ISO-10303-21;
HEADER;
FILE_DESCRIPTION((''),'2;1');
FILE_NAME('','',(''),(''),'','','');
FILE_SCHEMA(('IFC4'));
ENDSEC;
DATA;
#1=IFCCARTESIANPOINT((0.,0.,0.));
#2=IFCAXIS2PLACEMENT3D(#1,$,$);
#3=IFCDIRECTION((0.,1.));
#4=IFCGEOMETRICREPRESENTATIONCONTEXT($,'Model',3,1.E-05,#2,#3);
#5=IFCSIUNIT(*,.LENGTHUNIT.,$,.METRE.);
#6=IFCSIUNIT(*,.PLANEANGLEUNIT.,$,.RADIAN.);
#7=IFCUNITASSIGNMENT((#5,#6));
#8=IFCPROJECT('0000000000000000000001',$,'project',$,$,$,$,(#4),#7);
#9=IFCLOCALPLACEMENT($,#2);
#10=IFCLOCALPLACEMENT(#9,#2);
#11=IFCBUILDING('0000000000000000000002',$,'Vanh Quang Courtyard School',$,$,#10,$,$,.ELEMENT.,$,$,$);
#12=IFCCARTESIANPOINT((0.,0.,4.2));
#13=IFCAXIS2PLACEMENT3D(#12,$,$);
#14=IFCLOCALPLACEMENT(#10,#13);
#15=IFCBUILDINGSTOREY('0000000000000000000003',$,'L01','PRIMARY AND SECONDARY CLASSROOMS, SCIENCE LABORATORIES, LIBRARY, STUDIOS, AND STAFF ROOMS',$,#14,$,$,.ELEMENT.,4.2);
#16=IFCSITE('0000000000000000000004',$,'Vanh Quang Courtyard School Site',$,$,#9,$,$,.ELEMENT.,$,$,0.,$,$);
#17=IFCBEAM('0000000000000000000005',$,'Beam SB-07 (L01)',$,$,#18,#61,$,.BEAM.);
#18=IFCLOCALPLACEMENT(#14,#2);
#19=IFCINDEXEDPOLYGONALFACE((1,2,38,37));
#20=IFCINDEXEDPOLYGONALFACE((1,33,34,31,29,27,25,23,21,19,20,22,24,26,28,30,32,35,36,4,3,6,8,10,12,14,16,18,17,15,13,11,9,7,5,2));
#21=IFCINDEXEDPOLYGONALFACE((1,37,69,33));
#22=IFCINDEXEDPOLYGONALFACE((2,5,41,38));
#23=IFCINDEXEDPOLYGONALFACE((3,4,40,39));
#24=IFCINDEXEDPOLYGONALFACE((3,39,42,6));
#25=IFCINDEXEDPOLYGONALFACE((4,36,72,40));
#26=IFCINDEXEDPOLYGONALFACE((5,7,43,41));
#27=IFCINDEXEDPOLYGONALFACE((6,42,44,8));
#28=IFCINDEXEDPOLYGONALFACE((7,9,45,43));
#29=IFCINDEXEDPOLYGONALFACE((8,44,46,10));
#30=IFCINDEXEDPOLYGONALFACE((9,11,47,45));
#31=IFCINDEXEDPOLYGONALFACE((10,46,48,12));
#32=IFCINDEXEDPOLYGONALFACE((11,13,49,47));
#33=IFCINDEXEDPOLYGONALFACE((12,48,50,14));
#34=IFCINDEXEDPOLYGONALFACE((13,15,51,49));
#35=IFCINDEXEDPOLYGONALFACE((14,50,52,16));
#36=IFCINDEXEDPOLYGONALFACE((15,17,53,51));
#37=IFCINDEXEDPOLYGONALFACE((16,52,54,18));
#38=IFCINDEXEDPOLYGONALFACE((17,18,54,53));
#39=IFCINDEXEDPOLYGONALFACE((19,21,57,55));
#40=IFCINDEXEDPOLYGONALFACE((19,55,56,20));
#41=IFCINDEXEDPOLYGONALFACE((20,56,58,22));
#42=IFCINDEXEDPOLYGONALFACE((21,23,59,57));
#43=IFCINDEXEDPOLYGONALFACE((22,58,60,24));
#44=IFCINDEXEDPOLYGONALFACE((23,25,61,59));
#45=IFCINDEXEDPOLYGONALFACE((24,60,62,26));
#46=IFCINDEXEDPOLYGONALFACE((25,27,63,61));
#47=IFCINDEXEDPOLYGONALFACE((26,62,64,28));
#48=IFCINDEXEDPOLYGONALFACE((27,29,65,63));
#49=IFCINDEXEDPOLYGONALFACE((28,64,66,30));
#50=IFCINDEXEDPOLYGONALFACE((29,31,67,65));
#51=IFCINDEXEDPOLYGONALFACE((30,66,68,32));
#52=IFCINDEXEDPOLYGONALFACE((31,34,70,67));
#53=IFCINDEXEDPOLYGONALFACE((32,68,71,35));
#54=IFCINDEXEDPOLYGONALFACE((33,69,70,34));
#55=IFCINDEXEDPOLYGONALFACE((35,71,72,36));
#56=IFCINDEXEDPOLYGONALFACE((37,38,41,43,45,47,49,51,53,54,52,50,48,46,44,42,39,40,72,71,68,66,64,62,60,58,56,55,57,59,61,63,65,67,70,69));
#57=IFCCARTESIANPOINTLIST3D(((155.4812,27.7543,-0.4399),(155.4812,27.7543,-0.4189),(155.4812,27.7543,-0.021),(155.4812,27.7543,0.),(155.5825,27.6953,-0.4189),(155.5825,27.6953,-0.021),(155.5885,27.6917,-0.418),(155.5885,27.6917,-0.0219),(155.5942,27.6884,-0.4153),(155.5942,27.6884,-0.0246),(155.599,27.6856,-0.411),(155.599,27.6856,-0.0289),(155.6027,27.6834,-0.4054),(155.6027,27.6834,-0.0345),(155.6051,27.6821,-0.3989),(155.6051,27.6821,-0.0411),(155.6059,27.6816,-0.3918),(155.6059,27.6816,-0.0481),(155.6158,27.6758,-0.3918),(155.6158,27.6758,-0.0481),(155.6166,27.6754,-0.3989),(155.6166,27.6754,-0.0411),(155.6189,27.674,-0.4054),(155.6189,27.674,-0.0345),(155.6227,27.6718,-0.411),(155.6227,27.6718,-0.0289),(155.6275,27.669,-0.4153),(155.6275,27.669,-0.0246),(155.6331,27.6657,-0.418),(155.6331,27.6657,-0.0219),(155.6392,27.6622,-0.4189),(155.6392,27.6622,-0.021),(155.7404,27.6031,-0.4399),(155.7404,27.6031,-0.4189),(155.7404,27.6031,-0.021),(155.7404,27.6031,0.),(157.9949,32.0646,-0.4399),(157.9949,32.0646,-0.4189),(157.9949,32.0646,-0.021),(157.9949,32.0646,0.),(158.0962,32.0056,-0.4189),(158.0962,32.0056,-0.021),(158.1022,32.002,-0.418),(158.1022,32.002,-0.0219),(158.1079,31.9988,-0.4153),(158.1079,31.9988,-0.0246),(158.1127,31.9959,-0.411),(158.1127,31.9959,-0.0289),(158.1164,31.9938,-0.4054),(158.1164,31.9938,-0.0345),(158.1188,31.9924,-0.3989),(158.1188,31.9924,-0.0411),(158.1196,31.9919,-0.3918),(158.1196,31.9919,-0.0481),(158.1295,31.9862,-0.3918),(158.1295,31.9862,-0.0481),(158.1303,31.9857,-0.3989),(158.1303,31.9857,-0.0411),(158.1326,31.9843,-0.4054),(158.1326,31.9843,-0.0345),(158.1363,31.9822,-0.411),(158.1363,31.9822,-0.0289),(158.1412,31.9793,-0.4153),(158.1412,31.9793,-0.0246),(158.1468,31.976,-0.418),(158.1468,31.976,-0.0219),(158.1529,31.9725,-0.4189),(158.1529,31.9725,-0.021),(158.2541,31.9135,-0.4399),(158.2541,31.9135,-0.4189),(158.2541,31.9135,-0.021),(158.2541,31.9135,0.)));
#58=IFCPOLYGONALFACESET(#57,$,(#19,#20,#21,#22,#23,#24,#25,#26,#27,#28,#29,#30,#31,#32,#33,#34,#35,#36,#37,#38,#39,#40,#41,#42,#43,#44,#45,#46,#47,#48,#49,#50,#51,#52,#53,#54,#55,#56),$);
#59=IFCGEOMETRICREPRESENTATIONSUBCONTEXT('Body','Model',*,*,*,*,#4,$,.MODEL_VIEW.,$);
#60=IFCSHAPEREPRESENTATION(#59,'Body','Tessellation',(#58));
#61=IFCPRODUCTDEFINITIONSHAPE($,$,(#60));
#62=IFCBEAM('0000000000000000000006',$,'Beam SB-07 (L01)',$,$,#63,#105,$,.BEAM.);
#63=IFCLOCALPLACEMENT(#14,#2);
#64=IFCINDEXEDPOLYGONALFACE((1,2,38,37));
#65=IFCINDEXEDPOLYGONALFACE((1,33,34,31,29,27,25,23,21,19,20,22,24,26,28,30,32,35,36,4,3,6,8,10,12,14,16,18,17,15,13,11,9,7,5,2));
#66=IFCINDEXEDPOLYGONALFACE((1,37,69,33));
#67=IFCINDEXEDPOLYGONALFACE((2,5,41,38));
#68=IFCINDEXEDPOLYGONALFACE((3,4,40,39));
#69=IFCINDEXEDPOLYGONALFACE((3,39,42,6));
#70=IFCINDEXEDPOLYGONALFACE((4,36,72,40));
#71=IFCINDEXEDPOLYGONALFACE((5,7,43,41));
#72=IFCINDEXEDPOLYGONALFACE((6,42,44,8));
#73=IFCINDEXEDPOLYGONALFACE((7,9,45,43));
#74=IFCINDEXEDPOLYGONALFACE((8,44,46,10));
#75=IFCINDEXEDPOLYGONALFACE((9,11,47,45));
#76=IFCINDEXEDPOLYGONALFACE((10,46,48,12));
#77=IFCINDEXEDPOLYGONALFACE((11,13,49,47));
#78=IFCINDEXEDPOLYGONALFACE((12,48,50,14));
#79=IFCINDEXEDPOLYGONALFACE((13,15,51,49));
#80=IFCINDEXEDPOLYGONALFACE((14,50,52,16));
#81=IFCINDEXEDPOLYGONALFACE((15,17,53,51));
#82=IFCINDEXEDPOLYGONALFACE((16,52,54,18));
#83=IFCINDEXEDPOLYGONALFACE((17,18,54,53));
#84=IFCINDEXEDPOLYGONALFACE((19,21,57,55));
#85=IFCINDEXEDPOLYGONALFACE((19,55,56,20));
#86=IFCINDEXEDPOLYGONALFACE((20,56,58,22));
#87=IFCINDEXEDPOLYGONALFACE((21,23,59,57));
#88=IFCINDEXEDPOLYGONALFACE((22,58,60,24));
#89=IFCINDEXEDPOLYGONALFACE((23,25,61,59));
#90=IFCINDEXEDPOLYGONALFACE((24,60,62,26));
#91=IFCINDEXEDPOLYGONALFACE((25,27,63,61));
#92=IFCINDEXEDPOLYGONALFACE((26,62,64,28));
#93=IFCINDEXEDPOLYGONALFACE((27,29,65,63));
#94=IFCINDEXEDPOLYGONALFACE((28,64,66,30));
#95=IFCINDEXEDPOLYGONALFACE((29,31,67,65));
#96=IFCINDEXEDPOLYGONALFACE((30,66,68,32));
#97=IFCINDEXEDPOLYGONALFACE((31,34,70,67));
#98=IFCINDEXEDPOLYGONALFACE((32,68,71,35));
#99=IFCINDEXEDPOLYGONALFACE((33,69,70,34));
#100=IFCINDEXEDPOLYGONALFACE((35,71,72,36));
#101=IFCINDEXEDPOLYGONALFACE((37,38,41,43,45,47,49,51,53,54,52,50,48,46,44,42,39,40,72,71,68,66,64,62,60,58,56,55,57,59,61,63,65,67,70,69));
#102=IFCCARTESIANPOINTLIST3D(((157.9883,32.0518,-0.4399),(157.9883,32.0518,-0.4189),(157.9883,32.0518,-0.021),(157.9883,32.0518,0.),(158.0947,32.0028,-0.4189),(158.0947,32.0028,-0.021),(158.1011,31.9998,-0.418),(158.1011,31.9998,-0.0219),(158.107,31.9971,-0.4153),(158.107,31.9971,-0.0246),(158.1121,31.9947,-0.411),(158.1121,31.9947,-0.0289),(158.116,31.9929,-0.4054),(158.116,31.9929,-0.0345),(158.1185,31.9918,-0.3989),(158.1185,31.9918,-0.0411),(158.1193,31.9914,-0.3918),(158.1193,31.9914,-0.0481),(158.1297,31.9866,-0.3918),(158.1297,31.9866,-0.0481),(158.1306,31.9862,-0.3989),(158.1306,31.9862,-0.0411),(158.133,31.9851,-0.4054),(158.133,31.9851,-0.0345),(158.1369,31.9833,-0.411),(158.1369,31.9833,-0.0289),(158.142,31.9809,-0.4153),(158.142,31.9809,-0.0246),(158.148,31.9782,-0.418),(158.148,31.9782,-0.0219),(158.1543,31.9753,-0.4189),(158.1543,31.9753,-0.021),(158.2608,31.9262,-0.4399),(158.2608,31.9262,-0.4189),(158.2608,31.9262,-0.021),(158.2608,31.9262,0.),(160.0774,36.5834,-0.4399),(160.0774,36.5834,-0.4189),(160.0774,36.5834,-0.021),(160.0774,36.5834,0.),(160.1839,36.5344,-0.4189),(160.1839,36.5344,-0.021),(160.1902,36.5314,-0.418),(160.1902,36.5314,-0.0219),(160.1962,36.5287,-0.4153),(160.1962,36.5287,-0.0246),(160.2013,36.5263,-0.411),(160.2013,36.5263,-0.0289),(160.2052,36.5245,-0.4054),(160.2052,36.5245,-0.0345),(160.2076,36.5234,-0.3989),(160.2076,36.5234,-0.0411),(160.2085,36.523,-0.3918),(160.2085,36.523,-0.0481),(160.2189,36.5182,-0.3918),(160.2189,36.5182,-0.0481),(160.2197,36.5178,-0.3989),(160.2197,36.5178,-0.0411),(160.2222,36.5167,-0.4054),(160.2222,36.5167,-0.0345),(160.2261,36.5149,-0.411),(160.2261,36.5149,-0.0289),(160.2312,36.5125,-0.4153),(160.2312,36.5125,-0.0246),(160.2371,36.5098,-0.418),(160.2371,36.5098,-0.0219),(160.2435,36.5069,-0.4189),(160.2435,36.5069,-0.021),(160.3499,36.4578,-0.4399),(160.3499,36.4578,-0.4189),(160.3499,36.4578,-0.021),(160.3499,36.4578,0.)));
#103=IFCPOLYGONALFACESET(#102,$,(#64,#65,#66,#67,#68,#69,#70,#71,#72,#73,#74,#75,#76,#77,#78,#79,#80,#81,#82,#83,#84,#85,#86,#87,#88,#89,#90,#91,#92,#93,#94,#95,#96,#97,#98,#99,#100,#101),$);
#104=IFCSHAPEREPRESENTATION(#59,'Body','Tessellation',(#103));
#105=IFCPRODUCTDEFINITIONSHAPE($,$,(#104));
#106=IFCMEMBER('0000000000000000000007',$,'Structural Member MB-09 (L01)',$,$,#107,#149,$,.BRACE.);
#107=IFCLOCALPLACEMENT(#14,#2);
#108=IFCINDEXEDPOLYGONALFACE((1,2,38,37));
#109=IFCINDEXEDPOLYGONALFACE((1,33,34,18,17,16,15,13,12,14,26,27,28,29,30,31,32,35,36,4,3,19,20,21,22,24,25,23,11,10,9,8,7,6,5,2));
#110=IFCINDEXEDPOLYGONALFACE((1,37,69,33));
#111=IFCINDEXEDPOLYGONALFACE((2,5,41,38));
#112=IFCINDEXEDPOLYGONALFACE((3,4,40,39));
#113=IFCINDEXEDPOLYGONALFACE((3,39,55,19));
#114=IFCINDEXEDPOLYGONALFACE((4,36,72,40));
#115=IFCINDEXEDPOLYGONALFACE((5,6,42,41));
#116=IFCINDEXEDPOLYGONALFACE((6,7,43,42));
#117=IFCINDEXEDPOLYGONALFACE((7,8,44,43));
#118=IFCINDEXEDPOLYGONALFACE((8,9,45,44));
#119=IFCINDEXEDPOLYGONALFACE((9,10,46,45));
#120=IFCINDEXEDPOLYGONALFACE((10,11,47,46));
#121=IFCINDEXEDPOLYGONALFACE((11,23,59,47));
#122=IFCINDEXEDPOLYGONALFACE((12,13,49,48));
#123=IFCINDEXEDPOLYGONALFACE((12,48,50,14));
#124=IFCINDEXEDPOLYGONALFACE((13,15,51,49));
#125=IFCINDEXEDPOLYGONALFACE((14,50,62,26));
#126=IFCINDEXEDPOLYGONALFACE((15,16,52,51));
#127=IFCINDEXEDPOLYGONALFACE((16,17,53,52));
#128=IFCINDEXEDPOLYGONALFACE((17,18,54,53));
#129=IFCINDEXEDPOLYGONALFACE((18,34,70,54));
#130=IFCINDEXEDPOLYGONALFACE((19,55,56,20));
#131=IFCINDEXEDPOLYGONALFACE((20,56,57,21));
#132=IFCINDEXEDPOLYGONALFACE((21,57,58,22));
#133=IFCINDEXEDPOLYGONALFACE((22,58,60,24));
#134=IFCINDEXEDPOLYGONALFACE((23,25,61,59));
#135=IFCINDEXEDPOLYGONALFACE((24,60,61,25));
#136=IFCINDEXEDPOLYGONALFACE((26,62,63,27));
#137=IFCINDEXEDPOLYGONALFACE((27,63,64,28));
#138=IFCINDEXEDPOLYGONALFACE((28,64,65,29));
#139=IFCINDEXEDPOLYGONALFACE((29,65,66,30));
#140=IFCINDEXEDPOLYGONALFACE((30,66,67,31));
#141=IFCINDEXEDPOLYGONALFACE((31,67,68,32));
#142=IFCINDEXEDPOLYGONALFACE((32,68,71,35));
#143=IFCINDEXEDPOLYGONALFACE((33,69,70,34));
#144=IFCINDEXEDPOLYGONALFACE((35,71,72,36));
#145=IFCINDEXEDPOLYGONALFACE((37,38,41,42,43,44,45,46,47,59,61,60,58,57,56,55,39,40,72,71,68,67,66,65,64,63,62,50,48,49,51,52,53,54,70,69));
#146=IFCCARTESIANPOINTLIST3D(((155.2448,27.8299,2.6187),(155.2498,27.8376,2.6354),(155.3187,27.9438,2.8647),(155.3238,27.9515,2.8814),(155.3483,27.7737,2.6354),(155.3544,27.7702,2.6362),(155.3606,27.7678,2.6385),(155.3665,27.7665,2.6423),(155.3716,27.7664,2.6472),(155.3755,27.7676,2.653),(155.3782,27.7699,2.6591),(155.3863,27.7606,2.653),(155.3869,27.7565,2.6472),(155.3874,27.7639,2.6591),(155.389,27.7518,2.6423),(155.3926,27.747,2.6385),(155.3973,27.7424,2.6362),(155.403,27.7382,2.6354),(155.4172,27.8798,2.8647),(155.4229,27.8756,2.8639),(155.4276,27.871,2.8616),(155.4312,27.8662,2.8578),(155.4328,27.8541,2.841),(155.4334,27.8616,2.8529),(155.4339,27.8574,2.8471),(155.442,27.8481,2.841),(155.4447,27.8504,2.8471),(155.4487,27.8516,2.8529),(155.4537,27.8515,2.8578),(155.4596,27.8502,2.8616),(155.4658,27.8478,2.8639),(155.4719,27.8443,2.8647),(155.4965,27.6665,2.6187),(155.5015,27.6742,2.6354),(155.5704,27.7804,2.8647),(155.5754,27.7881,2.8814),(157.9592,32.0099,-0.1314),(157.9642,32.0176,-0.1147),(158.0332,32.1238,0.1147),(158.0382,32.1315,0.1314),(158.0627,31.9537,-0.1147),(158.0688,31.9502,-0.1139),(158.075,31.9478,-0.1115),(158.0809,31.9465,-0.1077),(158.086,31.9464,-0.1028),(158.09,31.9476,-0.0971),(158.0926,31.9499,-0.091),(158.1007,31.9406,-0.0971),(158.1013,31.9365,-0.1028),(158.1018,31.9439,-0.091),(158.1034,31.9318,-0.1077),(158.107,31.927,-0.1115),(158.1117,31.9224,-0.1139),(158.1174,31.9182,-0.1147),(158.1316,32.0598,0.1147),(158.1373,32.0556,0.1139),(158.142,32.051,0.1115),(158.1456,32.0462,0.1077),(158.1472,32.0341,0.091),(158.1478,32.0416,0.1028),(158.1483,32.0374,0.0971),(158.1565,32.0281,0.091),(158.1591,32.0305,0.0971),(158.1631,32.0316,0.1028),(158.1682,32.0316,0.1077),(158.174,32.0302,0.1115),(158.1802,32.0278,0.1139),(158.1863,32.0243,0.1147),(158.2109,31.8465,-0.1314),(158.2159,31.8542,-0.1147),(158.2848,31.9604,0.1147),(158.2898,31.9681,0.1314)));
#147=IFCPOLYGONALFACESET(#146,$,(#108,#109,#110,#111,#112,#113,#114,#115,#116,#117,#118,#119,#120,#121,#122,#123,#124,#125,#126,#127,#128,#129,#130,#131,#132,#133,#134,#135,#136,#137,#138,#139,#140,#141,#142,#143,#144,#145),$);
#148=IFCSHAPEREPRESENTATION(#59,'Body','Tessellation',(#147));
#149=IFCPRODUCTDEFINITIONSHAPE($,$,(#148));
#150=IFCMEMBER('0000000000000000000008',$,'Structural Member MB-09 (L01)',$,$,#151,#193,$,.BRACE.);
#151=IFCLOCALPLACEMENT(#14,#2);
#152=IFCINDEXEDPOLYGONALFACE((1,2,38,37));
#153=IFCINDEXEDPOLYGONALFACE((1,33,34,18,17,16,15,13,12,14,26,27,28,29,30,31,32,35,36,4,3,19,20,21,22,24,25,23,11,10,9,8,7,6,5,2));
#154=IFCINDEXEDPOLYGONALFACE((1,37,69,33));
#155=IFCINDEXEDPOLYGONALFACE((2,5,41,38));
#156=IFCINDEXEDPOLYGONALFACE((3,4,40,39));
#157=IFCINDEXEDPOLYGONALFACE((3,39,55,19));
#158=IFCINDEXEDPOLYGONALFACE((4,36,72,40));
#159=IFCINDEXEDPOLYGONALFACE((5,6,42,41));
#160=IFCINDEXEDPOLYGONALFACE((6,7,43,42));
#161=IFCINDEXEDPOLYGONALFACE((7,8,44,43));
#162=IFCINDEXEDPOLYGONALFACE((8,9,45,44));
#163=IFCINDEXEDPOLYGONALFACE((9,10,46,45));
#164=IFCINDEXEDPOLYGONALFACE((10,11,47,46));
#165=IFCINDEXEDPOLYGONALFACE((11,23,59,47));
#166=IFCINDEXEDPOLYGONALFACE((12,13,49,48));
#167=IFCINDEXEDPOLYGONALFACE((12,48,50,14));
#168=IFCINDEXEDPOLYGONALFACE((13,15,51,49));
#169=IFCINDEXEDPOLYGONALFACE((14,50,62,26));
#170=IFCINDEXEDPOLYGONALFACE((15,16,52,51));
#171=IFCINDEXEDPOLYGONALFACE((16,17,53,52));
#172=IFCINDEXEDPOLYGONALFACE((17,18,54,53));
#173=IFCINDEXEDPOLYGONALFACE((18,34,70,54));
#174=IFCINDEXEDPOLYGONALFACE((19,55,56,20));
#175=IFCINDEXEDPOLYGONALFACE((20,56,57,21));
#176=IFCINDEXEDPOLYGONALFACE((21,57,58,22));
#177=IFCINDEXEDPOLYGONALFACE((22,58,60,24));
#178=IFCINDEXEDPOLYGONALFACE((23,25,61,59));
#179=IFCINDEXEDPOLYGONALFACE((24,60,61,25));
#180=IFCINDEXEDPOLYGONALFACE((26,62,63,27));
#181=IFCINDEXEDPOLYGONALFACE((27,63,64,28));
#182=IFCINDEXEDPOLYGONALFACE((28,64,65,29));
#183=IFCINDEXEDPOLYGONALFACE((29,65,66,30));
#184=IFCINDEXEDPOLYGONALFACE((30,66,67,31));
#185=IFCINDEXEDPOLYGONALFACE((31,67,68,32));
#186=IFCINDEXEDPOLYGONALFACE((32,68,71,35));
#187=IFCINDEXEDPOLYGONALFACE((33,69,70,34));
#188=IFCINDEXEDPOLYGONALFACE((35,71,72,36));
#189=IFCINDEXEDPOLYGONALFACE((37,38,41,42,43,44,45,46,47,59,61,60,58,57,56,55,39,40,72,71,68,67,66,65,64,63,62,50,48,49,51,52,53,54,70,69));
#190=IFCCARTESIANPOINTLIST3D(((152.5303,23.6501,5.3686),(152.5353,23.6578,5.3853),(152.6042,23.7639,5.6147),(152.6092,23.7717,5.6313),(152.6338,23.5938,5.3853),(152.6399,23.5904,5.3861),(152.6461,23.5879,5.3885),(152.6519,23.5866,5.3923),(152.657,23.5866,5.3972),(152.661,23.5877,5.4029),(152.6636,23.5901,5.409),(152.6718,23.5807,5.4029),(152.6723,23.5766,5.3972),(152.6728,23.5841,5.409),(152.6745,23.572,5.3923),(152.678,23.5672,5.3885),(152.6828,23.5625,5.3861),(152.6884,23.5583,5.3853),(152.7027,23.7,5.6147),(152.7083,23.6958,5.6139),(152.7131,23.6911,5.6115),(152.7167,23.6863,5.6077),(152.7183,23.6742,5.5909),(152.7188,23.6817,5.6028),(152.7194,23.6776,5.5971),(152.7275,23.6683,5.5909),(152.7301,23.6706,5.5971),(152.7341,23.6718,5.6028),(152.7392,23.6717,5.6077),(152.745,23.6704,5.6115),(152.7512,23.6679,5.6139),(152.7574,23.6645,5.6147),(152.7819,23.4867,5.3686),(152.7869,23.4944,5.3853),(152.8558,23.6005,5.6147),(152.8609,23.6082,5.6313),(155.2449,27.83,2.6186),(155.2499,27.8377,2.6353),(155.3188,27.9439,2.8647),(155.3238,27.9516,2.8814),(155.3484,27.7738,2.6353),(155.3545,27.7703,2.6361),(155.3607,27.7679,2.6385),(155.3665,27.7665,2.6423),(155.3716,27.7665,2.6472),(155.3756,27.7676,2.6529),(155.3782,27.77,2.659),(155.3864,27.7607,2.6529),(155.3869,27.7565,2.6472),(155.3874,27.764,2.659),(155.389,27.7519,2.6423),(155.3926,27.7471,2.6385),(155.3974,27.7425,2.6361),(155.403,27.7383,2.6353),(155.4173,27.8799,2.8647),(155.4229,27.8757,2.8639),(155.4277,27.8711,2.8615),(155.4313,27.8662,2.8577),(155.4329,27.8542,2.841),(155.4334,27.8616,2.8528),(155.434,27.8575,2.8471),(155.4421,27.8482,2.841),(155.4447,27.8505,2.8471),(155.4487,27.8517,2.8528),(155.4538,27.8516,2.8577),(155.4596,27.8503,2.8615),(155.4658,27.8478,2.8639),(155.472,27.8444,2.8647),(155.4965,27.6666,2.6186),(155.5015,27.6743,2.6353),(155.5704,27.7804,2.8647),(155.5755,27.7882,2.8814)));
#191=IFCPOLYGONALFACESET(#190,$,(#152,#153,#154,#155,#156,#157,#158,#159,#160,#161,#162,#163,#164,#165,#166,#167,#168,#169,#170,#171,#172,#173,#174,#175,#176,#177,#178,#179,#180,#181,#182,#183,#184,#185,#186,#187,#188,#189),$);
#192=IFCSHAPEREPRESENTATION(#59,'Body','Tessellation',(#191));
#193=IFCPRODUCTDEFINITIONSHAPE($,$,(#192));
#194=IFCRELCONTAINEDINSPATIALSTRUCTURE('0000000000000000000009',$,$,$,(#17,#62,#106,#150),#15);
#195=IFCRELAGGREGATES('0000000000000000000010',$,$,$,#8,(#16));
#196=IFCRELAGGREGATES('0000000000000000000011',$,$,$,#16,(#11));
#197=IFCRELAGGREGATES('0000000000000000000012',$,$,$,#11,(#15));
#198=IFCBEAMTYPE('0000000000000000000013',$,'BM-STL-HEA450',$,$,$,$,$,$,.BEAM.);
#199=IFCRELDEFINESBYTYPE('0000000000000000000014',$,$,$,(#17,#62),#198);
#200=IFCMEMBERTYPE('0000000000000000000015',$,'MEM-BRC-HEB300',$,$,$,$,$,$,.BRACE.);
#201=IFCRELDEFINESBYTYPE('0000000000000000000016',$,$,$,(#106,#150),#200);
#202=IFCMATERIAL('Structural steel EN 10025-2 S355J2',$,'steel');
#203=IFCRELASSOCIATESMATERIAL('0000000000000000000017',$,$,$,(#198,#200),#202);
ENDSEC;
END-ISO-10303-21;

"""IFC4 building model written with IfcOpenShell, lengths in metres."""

from ifc_helpers import new_model, si_unit, direction, frame, origin, origin_2d, place, context, subcontext, project, spatial, i_section, extrude, material, material_profile, profile_set, type_object, element, save


model = new_model("IFC4")

# Units and contexts
model_context = context("Model", 3, precision=1e-05, world=origin(), true_north=direction((0.0, 1.0)))
body_context = subcontext(model_context, "Body", "Model", "MODEL_VIEW")
ifc_project = project(units=[si_unit("LENGTHUNIT", "METRE"), si_unit("PLANEANGLEUNIT", "RADIAN")], contexts=[model_context])

# Site, building, storey
site_placement = place(None, origin())
site = spatial("IfcSite", under=ifc_project, at=site_placement, Name="Vanh Quang Courtyard School Site", CompositionType="ELEMENT", RefElevation=0.0)
building_placement = place(site_placement, origin())
building = spatial("IfcBuilding", under=site, at=building_placement, Name="Vanh Quang Courtyard School", CompositionType="ELEMENT")
storey_placement = place(building_placement, frame((0.0, 0.0, 4.2)))
storey = spatial("IfcBuildingStorey", under=building, at=storey_placement, Name="L01", Description="PRIMARY AND SECONDARY CLASSROOMS, SCIENCE LABORATORIES, LIBRARY, STUDIOS, AND STAFF ROOMS", CompositionType="ELEMENT", Elevation=4.2)

# Shared definitions
ifc_material_1 = material(Name="Structural steel EN 10025-2 S355J2", Category="steel")

# Beams
ifc_material_profile_1 = material_profile(ifc_material_1, i_section(OverallWidth=0.3, OverallDepth=0.4399, WebThickness=0.0115, FlangeThickness=0.021, FilletRadius=0.0271, at=origin_2d()), Name="HEA 450")
ifc_profile_set_1 = profile_set([ifc_material_profile_1], Name="Structural steel EN 10025-2 S355J2")
beam_type = type_object("IfcBeamType", Name="BM-STL-HEA450", PredefinedType="BEAM", material=ifc_profile_set_1)
beam_1_placement = place(storey_placement, frame((155.6108, 27.6787, -0.22), z_axis=(0.503771, 0.863837, 0.0), x_axis=(-0.863837, 0.503771, 0.0)))
element("IfcBeam", 1, at=beam_1_placement, inside=storey, type_object=beam_type, Name="Beam SB-07 (L01)", PredefinedType="BEAM", context=body_context, shape_type="SweptSolid", body=[
    extrude(i_section(OverallWidth=0.3, OverallDepth=0.4399, WebThickness=0.0115, FlangeThickness=0.021, FilletRadius=0.0271, at=origin_2d()), origin(), (0.0, 0.0, 1.0), 4.9897),
])
beam_2_placement = place(storey_placement, frame((158.1245, 31.989, -0.22), z_axis=(0.41867, 0.908138, 0.0), x_axis=(-0.908138, 0.41867, 0.0)))
element("IfcBeam", 2, at=beam_2_placement, inside=storey, type_object=beam_type, Name="Beam SB-07 (L01)", PredefinedType="BEAM", context=body_context, shape_type="SweptSolid", body=[
    extrude(i_section(OverallWidth=0.3, OverallDepth=0.4399, WebThickness=0.0115, FlangeThickness=0.021, FilletRadius=0.0271, at=origin_2d()), origin(), (0.0, 0.0, 1.0), 4.99),
])

# Members
ifc_material_profile_2 = material_profile(ifc_material_1, i_section(OverallWidth=0.3, OverallDepth=0.3, WebThickness=0.011, FlangeThickness=0.019, FilletRadius=0.0271, at=origin_2d()), Name="HEB 300")
ifc_profile_set_2 = profile_set([ifc_material_profile_2], Name="Structural steel EN 10025-2 S355J2")
member_type = type_object("IfcMemberType", Name="MEM-BRC-HEB300", PredefinedType="BRACE", material=ifc_profile_set_2)
for number, where, z_axis, x_axis, name in (
    (3, (158.1245, 31.989, 0.0), (-0.476849, -0.734316, 0.48311), (0.838682, -0.544622, 0.0), "Structural Member MB-09 (L01)"),
    (4, (155.4102, 27.8091, 2.75), (-0.476882, -0.734301, 0.483101), (0.83866, -0.544656, 0.0), "Structural Member MB-09 (L01)"),
):
    element("IfcMember", number, at=place(storey_placement, frame(where, z_axis=z_axis, x_axis=x_axis)), inside=storey, type_object=member_type, Name=name, PredefinedType="BRACE", context=body_context, shape_type="SweptSolid", body=[
        extrude(i_section(OverallWidth=0.3, OverallDepth=0.3, WebThickness=0.011, FlangeThickness=0.019, FilletRadius=0.0271, at=origin_2d()), origin(), (0.0, 0.0, 1.0), 5.6924),
    ])

save(model, "model.ifc")
